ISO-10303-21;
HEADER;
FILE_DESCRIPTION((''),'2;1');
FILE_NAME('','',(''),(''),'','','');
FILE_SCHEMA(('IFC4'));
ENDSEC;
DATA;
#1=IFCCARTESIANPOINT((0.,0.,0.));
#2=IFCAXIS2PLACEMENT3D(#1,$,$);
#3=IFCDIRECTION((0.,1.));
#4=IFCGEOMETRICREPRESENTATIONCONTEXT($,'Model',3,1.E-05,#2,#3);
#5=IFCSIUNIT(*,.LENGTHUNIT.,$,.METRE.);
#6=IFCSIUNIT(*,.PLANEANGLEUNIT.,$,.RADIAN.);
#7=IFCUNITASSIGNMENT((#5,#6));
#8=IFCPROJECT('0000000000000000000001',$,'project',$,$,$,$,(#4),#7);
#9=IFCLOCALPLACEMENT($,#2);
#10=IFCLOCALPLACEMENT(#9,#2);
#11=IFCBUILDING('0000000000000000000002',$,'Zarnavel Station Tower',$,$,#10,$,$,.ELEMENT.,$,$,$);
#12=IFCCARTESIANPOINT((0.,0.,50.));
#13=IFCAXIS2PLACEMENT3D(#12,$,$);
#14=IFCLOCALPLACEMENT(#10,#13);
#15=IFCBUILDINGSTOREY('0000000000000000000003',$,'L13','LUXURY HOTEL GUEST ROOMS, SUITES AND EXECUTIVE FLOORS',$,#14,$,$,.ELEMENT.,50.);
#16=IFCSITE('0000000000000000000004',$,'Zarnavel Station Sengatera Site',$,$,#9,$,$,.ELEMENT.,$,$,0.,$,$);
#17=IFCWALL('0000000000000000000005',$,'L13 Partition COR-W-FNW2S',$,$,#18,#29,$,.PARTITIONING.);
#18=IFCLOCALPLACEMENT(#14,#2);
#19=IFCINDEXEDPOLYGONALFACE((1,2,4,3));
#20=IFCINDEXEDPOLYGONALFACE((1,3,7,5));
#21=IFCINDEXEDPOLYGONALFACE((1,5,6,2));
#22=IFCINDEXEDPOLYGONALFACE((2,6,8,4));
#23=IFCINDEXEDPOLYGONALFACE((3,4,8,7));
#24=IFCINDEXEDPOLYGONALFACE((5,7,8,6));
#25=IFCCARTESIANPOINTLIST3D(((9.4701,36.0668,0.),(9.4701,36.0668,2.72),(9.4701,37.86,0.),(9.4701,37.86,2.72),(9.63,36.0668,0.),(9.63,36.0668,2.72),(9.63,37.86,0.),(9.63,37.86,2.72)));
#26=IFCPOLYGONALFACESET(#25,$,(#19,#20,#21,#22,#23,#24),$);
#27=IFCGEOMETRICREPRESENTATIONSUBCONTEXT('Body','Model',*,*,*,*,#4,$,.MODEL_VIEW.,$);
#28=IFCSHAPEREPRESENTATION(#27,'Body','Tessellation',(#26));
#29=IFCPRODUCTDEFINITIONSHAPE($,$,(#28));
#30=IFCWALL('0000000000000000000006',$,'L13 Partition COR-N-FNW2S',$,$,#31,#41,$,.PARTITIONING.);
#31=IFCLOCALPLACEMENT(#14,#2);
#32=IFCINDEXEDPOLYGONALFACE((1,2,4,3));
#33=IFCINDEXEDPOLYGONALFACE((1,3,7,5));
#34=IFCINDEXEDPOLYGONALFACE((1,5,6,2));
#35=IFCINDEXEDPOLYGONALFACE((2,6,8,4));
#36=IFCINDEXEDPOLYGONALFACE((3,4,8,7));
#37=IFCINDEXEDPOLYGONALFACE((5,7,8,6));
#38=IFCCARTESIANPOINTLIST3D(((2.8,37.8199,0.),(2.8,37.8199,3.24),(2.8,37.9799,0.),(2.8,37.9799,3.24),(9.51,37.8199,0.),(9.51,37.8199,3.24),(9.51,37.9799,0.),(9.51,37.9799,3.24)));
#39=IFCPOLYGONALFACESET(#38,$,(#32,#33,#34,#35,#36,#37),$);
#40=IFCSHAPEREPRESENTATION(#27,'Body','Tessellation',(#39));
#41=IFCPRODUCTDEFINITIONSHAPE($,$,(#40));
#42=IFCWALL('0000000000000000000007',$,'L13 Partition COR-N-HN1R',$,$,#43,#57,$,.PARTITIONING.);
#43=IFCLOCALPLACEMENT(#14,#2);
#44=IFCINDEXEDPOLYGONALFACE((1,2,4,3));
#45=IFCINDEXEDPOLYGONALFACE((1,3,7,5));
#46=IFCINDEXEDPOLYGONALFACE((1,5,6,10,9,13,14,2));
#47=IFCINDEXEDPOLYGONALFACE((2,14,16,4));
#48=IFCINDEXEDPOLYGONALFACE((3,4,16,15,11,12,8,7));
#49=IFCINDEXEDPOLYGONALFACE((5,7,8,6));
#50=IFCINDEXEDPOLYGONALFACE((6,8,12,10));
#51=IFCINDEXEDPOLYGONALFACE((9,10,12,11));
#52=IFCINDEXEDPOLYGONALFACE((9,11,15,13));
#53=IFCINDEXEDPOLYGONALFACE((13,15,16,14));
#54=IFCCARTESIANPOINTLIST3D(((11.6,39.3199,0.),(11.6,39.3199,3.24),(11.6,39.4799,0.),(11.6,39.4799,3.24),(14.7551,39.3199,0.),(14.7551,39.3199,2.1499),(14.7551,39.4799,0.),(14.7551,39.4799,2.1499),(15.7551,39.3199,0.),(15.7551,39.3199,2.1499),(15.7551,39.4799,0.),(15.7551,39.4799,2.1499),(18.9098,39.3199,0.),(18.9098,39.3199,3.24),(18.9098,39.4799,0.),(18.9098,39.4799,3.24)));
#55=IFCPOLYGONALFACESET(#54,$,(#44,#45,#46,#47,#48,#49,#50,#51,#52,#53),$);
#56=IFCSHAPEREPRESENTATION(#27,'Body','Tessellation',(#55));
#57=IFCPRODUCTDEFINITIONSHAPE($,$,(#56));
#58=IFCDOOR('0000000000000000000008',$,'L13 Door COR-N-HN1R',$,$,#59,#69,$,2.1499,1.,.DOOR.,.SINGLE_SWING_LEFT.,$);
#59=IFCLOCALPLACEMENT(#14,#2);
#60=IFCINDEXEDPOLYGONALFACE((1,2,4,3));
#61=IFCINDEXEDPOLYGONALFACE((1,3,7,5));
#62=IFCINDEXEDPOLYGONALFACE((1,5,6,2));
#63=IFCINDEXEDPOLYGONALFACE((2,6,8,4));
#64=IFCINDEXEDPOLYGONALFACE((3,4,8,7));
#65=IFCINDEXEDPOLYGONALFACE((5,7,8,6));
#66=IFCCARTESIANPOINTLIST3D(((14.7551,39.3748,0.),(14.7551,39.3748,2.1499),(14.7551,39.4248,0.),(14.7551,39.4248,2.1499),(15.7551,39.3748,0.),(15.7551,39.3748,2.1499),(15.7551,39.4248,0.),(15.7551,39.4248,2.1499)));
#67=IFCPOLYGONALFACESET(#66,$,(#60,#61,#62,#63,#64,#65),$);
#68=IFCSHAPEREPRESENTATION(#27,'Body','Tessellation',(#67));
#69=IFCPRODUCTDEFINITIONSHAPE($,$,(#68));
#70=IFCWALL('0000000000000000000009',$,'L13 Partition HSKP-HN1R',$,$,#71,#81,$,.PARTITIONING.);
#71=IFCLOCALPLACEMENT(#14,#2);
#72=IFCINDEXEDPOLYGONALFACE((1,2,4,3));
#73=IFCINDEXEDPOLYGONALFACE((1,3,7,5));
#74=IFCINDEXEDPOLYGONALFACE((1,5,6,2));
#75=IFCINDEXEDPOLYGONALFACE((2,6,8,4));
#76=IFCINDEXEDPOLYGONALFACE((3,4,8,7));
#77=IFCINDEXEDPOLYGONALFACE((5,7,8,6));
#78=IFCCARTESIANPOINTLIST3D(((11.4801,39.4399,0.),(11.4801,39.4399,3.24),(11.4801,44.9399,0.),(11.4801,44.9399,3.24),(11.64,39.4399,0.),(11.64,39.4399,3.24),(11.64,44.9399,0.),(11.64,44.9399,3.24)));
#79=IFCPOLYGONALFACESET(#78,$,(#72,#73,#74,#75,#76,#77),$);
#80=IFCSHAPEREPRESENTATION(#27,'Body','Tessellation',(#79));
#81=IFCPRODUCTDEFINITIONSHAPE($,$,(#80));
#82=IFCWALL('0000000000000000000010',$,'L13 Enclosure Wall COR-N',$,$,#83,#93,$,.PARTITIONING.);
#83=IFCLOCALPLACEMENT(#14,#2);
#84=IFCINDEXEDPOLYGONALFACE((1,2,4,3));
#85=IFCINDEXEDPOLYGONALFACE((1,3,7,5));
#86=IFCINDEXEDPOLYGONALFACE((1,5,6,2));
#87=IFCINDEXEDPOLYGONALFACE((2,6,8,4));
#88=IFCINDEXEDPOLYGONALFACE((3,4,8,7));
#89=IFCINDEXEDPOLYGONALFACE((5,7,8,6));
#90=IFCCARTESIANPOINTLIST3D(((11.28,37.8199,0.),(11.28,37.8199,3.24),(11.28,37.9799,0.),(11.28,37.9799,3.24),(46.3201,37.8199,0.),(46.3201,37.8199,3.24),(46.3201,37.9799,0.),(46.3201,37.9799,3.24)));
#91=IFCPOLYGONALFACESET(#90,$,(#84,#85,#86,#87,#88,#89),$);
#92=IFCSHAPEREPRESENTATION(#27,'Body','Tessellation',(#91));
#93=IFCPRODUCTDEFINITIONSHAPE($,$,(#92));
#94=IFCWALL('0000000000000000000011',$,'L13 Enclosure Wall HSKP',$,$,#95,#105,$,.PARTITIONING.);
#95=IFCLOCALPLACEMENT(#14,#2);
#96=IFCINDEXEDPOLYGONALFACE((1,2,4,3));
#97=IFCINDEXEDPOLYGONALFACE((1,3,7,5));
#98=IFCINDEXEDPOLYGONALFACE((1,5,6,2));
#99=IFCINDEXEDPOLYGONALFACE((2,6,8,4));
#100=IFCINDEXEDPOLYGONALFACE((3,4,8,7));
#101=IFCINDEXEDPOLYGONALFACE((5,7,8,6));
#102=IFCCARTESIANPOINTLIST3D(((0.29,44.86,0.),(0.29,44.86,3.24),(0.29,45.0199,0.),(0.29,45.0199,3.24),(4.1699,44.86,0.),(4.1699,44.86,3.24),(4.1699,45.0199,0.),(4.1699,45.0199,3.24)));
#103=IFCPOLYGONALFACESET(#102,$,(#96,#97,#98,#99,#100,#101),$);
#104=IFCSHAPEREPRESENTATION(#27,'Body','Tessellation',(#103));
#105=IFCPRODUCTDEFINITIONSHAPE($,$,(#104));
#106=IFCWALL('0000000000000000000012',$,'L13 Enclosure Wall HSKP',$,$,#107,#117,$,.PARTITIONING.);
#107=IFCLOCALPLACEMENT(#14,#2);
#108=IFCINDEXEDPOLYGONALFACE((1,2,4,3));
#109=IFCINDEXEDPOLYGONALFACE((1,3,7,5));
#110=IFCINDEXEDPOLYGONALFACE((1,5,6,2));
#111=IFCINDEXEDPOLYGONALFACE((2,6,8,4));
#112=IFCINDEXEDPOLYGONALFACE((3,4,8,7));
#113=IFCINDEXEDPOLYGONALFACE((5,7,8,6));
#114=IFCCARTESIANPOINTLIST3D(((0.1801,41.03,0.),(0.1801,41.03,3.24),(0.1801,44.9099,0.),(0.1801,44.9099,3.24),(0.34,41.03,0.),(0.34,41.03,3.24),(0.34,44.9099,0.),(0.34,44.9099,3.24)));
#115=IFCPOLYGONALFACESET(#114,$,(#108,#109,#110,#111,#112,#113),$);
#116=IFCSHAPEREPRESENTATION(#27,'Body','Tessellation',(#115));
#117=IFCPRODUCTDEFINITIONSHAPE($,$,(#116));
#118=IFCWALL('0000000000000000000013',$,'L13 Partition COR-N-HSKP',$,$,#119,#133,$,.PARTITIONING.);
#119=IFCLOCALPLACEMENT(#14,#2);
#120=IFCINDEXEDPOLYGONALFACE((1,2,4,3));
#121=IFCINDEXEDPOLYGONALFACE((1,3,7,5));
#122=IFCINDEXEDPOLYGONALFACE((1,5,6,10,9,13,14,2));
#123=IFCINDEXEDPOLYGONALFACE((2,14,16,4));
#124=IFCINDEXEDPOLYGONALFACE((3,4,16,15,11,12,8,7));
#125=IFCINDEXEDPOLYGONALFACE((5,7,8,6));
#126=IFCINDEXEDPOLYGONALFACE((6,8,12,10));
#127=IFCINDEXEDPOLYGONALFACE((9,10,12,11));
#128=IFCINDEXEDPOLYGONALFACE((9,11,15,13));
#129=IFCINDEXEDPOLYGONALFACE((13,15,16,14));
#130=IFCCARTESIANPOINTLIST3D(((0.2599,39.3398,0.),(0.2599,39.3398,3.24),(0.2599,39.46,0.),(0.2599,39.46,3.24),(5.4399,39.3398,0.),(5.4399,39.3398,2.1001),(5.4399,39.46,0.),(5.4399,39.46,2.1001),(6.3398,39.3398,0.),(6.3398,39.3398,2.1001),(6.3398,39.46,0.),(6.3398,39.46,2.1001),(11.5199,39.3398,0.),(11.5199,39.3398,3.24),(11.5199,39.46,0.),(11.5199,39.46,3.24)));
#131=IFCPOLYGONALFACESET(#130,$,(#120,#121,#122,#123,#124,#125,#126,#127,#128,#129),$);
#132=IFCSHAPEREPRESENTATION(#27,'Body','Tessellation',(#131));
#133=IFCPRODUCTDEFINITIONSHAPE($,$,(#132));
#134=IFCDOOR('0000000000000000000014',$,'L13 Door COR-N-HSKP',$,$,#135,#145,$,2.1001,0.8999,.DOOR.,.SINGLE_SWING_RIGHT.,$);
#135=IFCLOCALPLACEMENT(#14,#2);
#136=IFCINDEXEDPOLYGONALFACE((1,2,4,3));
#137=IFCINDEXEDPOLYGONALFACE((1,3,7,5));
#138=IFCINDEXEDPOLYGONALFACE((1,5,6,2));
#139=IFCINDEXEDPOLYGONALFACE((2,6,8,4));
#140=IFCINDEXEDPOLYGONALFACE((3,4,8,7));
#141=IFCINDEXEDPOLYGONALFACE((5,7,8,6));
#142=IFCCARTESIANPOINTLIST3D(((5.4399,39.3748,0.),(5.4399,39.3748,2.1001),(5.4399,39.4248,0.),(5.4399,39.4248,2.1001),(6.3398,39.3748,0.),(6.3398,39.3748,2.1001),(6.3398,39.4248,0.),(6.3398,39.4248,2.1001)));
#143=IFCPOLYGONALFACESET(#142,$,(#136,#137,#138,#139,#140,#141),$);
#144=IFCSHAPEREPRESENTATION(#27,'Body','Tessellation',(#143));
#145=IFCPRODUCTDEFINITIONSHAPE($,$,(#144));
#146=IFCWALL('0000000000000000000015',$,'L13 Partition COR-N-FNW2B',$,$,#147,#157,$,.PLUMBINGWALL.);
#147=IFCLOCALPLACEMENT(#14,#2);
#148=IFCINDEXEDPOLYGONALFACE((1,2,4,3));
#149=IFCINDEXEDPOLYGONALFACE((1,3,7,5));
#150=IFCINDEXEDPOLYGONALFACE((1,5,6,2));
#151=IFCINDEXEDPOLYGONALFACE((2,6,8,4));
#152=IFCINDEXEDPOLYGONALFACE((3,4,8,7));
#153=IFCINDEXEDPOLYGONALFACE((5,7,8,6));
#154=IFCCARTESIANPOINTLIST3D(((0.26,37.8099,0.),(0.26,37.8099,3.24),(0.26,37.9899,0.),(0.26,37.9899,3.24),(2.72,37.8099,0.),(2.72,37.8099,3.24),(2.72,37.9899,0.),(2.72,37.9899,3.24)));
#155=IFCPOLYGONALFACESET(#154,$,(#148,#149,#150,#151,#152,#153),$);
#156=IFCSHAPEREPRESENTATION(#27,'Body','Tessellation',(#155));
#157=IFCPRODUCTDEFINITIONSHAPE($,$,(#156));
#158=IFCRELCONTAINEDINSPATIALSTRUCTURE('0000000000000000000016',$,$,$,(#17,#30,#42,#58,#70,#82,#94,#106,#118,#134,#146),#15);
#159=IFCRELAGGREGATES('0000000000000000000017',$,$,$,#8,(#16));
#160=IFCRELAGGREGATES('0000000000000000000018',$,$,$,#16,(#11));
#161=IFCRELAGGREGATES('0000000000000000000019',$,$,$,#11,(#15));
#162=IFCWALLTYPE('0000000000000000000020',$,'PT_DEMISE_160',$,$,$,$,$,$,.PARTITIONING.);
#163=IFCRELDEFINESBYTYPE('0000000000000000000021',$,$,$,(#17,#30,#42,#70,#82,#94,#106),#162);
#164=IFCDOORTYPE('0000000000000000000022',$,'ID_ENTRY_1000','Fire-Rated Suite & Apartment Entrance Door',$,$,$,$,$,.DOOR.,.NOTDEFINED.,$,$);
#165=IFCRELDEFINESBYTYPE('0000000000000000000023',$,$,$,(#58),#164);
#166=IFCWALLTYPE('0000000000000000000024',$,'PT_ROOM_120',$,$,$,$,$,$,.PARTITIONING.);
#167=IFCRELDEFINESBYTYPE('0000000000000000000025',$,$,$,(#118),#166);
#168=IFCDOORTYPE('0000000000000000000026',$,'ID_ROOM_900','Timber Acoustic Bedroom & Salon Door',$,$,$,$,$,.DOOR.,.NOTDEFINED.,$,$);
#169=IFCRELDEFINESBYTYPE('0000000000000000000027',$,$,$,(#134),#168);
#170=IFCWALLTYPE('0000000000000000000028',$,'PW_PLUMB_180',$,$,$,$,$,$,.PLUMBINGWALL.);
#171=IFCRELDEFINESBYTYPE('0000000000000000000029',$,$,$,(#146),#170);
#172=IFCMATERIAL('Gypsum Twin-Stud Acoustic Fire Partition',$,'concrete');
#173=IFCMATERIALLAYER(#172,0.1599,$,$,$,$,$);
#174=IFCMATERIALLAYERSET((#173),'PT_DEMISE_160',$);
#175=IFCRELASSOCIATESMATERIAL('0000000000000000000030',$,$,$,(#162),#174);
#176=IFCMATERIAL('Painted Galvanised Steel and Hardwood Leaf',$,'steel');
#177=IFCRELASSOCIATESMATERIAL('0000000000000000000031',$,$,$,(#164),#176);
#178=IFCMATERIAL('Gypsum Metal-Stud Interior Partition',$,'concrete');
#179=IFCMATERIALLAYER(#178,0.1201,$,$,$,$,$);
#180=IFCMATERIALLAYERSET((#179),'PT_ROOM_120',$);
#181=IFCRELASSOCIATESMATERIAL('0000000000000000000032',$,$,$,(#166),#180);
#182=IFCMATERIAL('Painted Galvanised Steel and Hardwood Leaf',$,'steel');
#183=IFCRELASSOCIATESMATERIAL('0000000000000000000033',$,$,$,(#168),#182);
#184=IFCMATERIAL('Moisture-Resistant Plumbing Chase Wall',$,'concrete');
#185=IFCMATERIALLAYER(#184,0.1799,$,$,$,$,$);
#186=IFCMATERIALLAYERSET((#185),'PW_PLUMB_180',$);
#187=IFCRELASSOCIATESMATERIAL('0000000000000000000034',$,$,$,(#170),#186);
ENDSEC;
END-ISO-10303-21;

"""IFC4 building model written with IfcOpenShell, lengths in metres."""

from ifc_helpers import new_model, si_unit, direction, frame, frame_2d, origin, place, context, subcontext, project, spatial, rectangle, extrude, material, layer, layer_set, type_object, element, fill, save


model = new_model("IFC4")

# Units and contexts
model_context = context("Model", 3, precision=1e-05, world=origin(), true_north=direction((0.0, 1.0)))
body_context = subcontext(model_context, "Body", "Model", "MODEL_VIEW")
ifc_project = project(units=[si_unit("LENGTHUNIT", "METRE"), si_unit("PLANEANGLEUNIT", "RADIAN")], contexts=[model_context])

# Site, building, storey
site_placement = place(None, origin())
site = spatial("IfcSite", under=ifc_project, at=site_placement, Name="Zarnavel Station Sengatera Site", CompositionType="ELEMENT", RefElevation=0.0)
building_placement = place(site_placement, origin())
building = spatial("IfcBuilding", under=site, at=building_placement, Name="Zarnavel Station Tower", CompositionType="ELEMENT")
storey_placement = place(building_placement, frame((0.0, 0.0, 50.0)))
storey = spatial("IfcBuildingStorey", under=building, at=storey_placement, Name="L13", Description="LUXURY HOTEL GUEST ROOMS, SUITES AND EXECUTIVE FLOORS", CompositionType="ELEMENT", Elevation=50.0)

# Walls
ifc_material_1 = material(Name="Gypsum Twin-Stud Acoustic Fire Partition", Category="concrete")
ifc_layer_1 = layer(ifc_material_1, 0.1599)
ifc_layer_set_1 = layer_set([ifc_layer_1], Name="PT_DEMISE_160")
wall_type_1 = type_object("IfcWallType", Name="PT_DEMISE_160", PredefinedType="PARTITIONING", material=ifc_layer_set_1)
wall_1_placement = place(storey_placement, frame((9.55, 36.0669, 0.0), z_axis=(0.0, 0.0, 1.0), x_axis=(0.0, 1.0, 0.0)))
element("IfcWall", 1, at=wall_1_placement, inside=storey, type_object=wall_type_1, Name="L13 Partition COR-W-FNW2S", PredefinedType="PARTITIONING", context=body_context, shape_type="SweptSolid", body=[
    extrude(rectangle(XDim=1.7932, YDim=0.1599, at=frame_2d((0.8965, 0.0))), origin(), (0.0, 0.0, 1.0), 2.72),
])
wall_2_placement = place(storey_placement, frame((2.8, 37.8999, 0.0), z_axis=(0.0, 0.0, 1.0), x_axis=(1.0, 0.0, 0.0)))
element("IfcWall", 2, at=wall_2_placement, inside=storey, type_object=wall_type_1, Name="L13 Partition COR-N-FNW2S", PredefinedType="PARTITIONING", context=body_context, shape_type="SweptSolid", body=[
    extrude(rectangle(XDim=6.71, YDim=0.1599, at=frame_2d((3.355, 0.0))), origin(), (0.0, 0.0, 1.0), 3.24),
])

# Wall, opening, door
wall_3_placement = place(storey_placement, frame((11.6001, 39.3999, 0.0), z_axis=(0.0, 0.0, 1.0), x_axis=(1.0, 0.0, 0.0)))
wall_3 = element("IfcWall", 3, at=wall_3_placement, inside=storey, type_object=wall_type_1, Name="L13 Partition COR-N-HN1R", PredefinedType="PARTITIONING", context=body_context, shape_type="SweptSolid", body=[
    extrude(rectangle(XDim=7.3098, YDim=0.1599, at=frame_2d((3.6548, 0.0))), origin(), (0.0, 0.0, 1.0), 3.24),
])
opening_1_placement = place(wall_3_placement, frame((3.155, 0.0, 0.0)))
opening_1 = element("IfcOpeningElement", 4, at=opening_1_placement, cuts=wall_3, PredefinedType="OPENING", context=body_context, shape_type="SweptSolid", body=[
    extrude(rectangle(XDim=1.0, YDim=2.1499, at=frame_2d((0.5, 1.075))), frame((0.0, 0.0898, 0.0), z_axis=(0.0, -1.0, 0.0), x_axis=(1.0, 0.0, 0.0)), (0.0, 0.0, 1.0), 0.1799),
])
ifc_material_2 = material(Name="Painted Galvanised Steel and Hardwood Leaf", Category="steel")
door_type_1 = type_object("IfcDoorType", Name="ID_ENTRY_1000", Description="Fire-Rated Suite & Apartment Entrance Door", OperationType="NOTDEFINED", PredefinedType="DOOR", material=ifc_material_2)
door_1_placement = place(opening_1_placement, origin())
door_1 = element("IfcDoor", 5, at=door_1_placement, inside=storey, type_object=door_type_1, Name="L13 Door COR-N-HN1R", OperationType="SINGLE_SWING_LEFT", OverallHeight=2.1499, OverallWidth=1.0, PredefinedType="DOOR", context=body_context, shape_type="SweptSolid", body=[
    extrude(rectangle(XDim=1.0, YDim=2.1499, at=frame_2d((0.5, 1.075))), frame((0.0, 0.0249, 0.0), z_axis=(0.0, -1.0, 0.0), x_axis=(1.0, 0.0, 0.0)), (0.0, 0.0, 1.0), 0.05),
])
fill(opening_1, door_1)

# Walls
wall_4_placement = place(storey_placement, frame((11.5601, 39.4399, 0.0), z_axis=(0.0, 0.0, 1.0), x_axis=(0.0, 1.0, 0.0)))
element("IfcWall", 6, at=wall_4_placement, inside=storey, type_object=wall_type_1, Name="L13 Partition HSKP-HN1R", PredefinedType="PARTITIONING", context=body_context, shape_type="SweptSolid", body=[
    extrude(rectangle(XDim=5.5, YDim=0.1599, at=frame_2d((2.75, 0.0))), origin(), (0.0, 0.0, 1.0), 3.24),
])
wall_5_placement = place(storey_placement, frame((11.28, 37.8999, 0.0), z_axis=(0.0, 0.0, 1.0), x_axis=(1.0, 0.0, 0.0)))
element("IfcWall", 7, at=wall_5_placement, inside=storey, type_object=wall_type_1, Name="L13 Enclosure Wall COR-N", PredefinedType="PARTITIONING", context=body_context, shape_type="SweptSolid", body=[
    extrude(rectangle(XDim=35.04, YDim=0.1599, at=frame_2d((17.52, 0.0))), origin(), (0.0, 0.0, 1.0), 3.24),
])
for number, where, z_axis, x_axis, name in (
    (8, (0.29, 44.9399, 0.0), (0.0, 0.0, 1.0), (1.0, 0.0, 0.0), "L13 Enclosure Wall HSKP"),
    (9, (0.26, 41.03, 0.0), (0.0, 0.0, 1.0), (0.0, 1.0, 0.0), "L13 Enclosure Wall HSKP"),
):
    element("IfcWall", number, at=place(storey_placement, frame(where, z_axis=z_axis, x_axis=x_axis)), inside=storey, type_object=wall_type_1, Name=name, PredefinedType="PARTITIONING", context=body_context, shape_type="SweptSolid", body=[
        extrude(rectangle(XDim=3.8799, YDim=0.1599, at=frame_2d((1.9399, 0.0))), origin(), (0.0, 0.0, 1.0), 3.24),
    ])

# Wall, opening, door
ifc_material_3 = material(Name="Gypsum Metal-Stud Interior Partition", Category="concrete")
ifc_layer_2 = layer(ifc_material_3, 0.1201)
ifc_layer_set_2 = layer_set([ifc_layer_2], Name="PT_ROOM_120")
wall_type_2 = type_object("IfcWallType", Name="PT_ROOM_120", PredefinedType="PARTITIONING", material=ifc_layer_set_2)
wall_6_placement = place(storey_placement, frame((0.26, 39.3999, 0.0), z_axis=(0.0, 0.0, 1.0), x_axis=(1.0, 0.0, 0.0)))
wall_6 = element("IfcWall", 10, at=wall_6_placement, inside=storey, type_object=wall_type_2, Name="L13 Partition COR-N-HSKP", PredefinedType="PARTITIONING", context=body_context, shape_type="SweptSolid", body=[
    extrude(rectangle(XDim=11.26, YDim=0.1201, at=frame_2d((5.6299, 0.0))), origin(), (0.0, 0.0, 1.0), 3.24),
])
opening_2_placement = place(wall_6_placement, frame((5.1799, 0.0, 0.0)))
opening_2 = element("IfcOpeningElement", 11, at=opening_2_placement, cuts=wall_6, PredefinedType="OPENING", context=body_context, shape_type="SweptSolid", body=[
    extrude(rectangle(XDim=0.8999, YDim=2.1001, at=frame_2d((0.45, 1.05))), frame((0.0, 0.0701, 0.0), z_axis=(0.0, -1.0, 0.0), x_axis=(1.0, 0.0, 0.0)), (0.0, 0.0, 1.0), 0.1401),
])
ifc_material_4 = material(Name="Painted Galvanised Steel and Hardwood Leaf", Category="steel")
door_type_2 = type_object("IfcDoorType", Name="ID_ROOM_900", Description="Timber Acoustic Bedroom & Salon Door", OperationType="NOTDEFINED", PredefinedType="DOOR", material=ifc_material_4)
door_2_placement = place(opening_2_placement, origin())
door_2 = element("IfcDoor", 12, at=door_2_placement, inside=storey, type_object=door_type_2, Name="L13 Door COR-N-HSKP", OperationType="SINGLE_SWING_RIGHT", OverallHeight=2.1001, OverallWidth=0.8999, PredefinedType="DOOR", context=body_context, shape_type="SweptSolid", body=[
    extrude(rectangle(XDim=0.8999, YDim=2.1001, at=frame_2d((0.45, 1.05))), frame((0.0, 0.0249, 0.0), z_axis=(0.0, -1.0, 0.0), x_axis=(1.0, 0.0, 0.0)), (0.0, 0.0, 1.0), 0.05),
])
fill(opening_2, door_2)

# Wall
ifc_material_5 = material(Name="Moisture-Resistant Plumbing Chase Wall", Category="concrete")
ifc_layer_3 = layer(ifc_material_5, 0.1799)
ifc_layer_set_3 = layer_set([ifc_layer_3], Name="PW_PLUMB_180")
wall_type_3 = type_object("IfcWallType", Name="PW_PLUMB_180", PredefinedType="PLUMBINGWALL", material=ifc_layer_set_3)
wall_7_placement = place(storey_placement, frame((0.26, 37.8999, 0.0), z_axis=(0.0, 0.0, 1.0), x_axis=(1.0, 0.0, 0.0)))
element("IfcWall", 13, at=wall_7_placement, inside=storey, type_object=wall_type_3, Name="L13 Partition COR-N-FNW2B", PredefinedType="PLUMBINGWALL", context=body_context, shape_type="SweptSolid", body=[
    extrude(rectangle(XDim=2.46, YDim=0.1799, at=frame_2d((1.23, 0.0))), origin(), (0.0, 0.0, 1.0), 3.24),
])

save(model, "model.ifc")
